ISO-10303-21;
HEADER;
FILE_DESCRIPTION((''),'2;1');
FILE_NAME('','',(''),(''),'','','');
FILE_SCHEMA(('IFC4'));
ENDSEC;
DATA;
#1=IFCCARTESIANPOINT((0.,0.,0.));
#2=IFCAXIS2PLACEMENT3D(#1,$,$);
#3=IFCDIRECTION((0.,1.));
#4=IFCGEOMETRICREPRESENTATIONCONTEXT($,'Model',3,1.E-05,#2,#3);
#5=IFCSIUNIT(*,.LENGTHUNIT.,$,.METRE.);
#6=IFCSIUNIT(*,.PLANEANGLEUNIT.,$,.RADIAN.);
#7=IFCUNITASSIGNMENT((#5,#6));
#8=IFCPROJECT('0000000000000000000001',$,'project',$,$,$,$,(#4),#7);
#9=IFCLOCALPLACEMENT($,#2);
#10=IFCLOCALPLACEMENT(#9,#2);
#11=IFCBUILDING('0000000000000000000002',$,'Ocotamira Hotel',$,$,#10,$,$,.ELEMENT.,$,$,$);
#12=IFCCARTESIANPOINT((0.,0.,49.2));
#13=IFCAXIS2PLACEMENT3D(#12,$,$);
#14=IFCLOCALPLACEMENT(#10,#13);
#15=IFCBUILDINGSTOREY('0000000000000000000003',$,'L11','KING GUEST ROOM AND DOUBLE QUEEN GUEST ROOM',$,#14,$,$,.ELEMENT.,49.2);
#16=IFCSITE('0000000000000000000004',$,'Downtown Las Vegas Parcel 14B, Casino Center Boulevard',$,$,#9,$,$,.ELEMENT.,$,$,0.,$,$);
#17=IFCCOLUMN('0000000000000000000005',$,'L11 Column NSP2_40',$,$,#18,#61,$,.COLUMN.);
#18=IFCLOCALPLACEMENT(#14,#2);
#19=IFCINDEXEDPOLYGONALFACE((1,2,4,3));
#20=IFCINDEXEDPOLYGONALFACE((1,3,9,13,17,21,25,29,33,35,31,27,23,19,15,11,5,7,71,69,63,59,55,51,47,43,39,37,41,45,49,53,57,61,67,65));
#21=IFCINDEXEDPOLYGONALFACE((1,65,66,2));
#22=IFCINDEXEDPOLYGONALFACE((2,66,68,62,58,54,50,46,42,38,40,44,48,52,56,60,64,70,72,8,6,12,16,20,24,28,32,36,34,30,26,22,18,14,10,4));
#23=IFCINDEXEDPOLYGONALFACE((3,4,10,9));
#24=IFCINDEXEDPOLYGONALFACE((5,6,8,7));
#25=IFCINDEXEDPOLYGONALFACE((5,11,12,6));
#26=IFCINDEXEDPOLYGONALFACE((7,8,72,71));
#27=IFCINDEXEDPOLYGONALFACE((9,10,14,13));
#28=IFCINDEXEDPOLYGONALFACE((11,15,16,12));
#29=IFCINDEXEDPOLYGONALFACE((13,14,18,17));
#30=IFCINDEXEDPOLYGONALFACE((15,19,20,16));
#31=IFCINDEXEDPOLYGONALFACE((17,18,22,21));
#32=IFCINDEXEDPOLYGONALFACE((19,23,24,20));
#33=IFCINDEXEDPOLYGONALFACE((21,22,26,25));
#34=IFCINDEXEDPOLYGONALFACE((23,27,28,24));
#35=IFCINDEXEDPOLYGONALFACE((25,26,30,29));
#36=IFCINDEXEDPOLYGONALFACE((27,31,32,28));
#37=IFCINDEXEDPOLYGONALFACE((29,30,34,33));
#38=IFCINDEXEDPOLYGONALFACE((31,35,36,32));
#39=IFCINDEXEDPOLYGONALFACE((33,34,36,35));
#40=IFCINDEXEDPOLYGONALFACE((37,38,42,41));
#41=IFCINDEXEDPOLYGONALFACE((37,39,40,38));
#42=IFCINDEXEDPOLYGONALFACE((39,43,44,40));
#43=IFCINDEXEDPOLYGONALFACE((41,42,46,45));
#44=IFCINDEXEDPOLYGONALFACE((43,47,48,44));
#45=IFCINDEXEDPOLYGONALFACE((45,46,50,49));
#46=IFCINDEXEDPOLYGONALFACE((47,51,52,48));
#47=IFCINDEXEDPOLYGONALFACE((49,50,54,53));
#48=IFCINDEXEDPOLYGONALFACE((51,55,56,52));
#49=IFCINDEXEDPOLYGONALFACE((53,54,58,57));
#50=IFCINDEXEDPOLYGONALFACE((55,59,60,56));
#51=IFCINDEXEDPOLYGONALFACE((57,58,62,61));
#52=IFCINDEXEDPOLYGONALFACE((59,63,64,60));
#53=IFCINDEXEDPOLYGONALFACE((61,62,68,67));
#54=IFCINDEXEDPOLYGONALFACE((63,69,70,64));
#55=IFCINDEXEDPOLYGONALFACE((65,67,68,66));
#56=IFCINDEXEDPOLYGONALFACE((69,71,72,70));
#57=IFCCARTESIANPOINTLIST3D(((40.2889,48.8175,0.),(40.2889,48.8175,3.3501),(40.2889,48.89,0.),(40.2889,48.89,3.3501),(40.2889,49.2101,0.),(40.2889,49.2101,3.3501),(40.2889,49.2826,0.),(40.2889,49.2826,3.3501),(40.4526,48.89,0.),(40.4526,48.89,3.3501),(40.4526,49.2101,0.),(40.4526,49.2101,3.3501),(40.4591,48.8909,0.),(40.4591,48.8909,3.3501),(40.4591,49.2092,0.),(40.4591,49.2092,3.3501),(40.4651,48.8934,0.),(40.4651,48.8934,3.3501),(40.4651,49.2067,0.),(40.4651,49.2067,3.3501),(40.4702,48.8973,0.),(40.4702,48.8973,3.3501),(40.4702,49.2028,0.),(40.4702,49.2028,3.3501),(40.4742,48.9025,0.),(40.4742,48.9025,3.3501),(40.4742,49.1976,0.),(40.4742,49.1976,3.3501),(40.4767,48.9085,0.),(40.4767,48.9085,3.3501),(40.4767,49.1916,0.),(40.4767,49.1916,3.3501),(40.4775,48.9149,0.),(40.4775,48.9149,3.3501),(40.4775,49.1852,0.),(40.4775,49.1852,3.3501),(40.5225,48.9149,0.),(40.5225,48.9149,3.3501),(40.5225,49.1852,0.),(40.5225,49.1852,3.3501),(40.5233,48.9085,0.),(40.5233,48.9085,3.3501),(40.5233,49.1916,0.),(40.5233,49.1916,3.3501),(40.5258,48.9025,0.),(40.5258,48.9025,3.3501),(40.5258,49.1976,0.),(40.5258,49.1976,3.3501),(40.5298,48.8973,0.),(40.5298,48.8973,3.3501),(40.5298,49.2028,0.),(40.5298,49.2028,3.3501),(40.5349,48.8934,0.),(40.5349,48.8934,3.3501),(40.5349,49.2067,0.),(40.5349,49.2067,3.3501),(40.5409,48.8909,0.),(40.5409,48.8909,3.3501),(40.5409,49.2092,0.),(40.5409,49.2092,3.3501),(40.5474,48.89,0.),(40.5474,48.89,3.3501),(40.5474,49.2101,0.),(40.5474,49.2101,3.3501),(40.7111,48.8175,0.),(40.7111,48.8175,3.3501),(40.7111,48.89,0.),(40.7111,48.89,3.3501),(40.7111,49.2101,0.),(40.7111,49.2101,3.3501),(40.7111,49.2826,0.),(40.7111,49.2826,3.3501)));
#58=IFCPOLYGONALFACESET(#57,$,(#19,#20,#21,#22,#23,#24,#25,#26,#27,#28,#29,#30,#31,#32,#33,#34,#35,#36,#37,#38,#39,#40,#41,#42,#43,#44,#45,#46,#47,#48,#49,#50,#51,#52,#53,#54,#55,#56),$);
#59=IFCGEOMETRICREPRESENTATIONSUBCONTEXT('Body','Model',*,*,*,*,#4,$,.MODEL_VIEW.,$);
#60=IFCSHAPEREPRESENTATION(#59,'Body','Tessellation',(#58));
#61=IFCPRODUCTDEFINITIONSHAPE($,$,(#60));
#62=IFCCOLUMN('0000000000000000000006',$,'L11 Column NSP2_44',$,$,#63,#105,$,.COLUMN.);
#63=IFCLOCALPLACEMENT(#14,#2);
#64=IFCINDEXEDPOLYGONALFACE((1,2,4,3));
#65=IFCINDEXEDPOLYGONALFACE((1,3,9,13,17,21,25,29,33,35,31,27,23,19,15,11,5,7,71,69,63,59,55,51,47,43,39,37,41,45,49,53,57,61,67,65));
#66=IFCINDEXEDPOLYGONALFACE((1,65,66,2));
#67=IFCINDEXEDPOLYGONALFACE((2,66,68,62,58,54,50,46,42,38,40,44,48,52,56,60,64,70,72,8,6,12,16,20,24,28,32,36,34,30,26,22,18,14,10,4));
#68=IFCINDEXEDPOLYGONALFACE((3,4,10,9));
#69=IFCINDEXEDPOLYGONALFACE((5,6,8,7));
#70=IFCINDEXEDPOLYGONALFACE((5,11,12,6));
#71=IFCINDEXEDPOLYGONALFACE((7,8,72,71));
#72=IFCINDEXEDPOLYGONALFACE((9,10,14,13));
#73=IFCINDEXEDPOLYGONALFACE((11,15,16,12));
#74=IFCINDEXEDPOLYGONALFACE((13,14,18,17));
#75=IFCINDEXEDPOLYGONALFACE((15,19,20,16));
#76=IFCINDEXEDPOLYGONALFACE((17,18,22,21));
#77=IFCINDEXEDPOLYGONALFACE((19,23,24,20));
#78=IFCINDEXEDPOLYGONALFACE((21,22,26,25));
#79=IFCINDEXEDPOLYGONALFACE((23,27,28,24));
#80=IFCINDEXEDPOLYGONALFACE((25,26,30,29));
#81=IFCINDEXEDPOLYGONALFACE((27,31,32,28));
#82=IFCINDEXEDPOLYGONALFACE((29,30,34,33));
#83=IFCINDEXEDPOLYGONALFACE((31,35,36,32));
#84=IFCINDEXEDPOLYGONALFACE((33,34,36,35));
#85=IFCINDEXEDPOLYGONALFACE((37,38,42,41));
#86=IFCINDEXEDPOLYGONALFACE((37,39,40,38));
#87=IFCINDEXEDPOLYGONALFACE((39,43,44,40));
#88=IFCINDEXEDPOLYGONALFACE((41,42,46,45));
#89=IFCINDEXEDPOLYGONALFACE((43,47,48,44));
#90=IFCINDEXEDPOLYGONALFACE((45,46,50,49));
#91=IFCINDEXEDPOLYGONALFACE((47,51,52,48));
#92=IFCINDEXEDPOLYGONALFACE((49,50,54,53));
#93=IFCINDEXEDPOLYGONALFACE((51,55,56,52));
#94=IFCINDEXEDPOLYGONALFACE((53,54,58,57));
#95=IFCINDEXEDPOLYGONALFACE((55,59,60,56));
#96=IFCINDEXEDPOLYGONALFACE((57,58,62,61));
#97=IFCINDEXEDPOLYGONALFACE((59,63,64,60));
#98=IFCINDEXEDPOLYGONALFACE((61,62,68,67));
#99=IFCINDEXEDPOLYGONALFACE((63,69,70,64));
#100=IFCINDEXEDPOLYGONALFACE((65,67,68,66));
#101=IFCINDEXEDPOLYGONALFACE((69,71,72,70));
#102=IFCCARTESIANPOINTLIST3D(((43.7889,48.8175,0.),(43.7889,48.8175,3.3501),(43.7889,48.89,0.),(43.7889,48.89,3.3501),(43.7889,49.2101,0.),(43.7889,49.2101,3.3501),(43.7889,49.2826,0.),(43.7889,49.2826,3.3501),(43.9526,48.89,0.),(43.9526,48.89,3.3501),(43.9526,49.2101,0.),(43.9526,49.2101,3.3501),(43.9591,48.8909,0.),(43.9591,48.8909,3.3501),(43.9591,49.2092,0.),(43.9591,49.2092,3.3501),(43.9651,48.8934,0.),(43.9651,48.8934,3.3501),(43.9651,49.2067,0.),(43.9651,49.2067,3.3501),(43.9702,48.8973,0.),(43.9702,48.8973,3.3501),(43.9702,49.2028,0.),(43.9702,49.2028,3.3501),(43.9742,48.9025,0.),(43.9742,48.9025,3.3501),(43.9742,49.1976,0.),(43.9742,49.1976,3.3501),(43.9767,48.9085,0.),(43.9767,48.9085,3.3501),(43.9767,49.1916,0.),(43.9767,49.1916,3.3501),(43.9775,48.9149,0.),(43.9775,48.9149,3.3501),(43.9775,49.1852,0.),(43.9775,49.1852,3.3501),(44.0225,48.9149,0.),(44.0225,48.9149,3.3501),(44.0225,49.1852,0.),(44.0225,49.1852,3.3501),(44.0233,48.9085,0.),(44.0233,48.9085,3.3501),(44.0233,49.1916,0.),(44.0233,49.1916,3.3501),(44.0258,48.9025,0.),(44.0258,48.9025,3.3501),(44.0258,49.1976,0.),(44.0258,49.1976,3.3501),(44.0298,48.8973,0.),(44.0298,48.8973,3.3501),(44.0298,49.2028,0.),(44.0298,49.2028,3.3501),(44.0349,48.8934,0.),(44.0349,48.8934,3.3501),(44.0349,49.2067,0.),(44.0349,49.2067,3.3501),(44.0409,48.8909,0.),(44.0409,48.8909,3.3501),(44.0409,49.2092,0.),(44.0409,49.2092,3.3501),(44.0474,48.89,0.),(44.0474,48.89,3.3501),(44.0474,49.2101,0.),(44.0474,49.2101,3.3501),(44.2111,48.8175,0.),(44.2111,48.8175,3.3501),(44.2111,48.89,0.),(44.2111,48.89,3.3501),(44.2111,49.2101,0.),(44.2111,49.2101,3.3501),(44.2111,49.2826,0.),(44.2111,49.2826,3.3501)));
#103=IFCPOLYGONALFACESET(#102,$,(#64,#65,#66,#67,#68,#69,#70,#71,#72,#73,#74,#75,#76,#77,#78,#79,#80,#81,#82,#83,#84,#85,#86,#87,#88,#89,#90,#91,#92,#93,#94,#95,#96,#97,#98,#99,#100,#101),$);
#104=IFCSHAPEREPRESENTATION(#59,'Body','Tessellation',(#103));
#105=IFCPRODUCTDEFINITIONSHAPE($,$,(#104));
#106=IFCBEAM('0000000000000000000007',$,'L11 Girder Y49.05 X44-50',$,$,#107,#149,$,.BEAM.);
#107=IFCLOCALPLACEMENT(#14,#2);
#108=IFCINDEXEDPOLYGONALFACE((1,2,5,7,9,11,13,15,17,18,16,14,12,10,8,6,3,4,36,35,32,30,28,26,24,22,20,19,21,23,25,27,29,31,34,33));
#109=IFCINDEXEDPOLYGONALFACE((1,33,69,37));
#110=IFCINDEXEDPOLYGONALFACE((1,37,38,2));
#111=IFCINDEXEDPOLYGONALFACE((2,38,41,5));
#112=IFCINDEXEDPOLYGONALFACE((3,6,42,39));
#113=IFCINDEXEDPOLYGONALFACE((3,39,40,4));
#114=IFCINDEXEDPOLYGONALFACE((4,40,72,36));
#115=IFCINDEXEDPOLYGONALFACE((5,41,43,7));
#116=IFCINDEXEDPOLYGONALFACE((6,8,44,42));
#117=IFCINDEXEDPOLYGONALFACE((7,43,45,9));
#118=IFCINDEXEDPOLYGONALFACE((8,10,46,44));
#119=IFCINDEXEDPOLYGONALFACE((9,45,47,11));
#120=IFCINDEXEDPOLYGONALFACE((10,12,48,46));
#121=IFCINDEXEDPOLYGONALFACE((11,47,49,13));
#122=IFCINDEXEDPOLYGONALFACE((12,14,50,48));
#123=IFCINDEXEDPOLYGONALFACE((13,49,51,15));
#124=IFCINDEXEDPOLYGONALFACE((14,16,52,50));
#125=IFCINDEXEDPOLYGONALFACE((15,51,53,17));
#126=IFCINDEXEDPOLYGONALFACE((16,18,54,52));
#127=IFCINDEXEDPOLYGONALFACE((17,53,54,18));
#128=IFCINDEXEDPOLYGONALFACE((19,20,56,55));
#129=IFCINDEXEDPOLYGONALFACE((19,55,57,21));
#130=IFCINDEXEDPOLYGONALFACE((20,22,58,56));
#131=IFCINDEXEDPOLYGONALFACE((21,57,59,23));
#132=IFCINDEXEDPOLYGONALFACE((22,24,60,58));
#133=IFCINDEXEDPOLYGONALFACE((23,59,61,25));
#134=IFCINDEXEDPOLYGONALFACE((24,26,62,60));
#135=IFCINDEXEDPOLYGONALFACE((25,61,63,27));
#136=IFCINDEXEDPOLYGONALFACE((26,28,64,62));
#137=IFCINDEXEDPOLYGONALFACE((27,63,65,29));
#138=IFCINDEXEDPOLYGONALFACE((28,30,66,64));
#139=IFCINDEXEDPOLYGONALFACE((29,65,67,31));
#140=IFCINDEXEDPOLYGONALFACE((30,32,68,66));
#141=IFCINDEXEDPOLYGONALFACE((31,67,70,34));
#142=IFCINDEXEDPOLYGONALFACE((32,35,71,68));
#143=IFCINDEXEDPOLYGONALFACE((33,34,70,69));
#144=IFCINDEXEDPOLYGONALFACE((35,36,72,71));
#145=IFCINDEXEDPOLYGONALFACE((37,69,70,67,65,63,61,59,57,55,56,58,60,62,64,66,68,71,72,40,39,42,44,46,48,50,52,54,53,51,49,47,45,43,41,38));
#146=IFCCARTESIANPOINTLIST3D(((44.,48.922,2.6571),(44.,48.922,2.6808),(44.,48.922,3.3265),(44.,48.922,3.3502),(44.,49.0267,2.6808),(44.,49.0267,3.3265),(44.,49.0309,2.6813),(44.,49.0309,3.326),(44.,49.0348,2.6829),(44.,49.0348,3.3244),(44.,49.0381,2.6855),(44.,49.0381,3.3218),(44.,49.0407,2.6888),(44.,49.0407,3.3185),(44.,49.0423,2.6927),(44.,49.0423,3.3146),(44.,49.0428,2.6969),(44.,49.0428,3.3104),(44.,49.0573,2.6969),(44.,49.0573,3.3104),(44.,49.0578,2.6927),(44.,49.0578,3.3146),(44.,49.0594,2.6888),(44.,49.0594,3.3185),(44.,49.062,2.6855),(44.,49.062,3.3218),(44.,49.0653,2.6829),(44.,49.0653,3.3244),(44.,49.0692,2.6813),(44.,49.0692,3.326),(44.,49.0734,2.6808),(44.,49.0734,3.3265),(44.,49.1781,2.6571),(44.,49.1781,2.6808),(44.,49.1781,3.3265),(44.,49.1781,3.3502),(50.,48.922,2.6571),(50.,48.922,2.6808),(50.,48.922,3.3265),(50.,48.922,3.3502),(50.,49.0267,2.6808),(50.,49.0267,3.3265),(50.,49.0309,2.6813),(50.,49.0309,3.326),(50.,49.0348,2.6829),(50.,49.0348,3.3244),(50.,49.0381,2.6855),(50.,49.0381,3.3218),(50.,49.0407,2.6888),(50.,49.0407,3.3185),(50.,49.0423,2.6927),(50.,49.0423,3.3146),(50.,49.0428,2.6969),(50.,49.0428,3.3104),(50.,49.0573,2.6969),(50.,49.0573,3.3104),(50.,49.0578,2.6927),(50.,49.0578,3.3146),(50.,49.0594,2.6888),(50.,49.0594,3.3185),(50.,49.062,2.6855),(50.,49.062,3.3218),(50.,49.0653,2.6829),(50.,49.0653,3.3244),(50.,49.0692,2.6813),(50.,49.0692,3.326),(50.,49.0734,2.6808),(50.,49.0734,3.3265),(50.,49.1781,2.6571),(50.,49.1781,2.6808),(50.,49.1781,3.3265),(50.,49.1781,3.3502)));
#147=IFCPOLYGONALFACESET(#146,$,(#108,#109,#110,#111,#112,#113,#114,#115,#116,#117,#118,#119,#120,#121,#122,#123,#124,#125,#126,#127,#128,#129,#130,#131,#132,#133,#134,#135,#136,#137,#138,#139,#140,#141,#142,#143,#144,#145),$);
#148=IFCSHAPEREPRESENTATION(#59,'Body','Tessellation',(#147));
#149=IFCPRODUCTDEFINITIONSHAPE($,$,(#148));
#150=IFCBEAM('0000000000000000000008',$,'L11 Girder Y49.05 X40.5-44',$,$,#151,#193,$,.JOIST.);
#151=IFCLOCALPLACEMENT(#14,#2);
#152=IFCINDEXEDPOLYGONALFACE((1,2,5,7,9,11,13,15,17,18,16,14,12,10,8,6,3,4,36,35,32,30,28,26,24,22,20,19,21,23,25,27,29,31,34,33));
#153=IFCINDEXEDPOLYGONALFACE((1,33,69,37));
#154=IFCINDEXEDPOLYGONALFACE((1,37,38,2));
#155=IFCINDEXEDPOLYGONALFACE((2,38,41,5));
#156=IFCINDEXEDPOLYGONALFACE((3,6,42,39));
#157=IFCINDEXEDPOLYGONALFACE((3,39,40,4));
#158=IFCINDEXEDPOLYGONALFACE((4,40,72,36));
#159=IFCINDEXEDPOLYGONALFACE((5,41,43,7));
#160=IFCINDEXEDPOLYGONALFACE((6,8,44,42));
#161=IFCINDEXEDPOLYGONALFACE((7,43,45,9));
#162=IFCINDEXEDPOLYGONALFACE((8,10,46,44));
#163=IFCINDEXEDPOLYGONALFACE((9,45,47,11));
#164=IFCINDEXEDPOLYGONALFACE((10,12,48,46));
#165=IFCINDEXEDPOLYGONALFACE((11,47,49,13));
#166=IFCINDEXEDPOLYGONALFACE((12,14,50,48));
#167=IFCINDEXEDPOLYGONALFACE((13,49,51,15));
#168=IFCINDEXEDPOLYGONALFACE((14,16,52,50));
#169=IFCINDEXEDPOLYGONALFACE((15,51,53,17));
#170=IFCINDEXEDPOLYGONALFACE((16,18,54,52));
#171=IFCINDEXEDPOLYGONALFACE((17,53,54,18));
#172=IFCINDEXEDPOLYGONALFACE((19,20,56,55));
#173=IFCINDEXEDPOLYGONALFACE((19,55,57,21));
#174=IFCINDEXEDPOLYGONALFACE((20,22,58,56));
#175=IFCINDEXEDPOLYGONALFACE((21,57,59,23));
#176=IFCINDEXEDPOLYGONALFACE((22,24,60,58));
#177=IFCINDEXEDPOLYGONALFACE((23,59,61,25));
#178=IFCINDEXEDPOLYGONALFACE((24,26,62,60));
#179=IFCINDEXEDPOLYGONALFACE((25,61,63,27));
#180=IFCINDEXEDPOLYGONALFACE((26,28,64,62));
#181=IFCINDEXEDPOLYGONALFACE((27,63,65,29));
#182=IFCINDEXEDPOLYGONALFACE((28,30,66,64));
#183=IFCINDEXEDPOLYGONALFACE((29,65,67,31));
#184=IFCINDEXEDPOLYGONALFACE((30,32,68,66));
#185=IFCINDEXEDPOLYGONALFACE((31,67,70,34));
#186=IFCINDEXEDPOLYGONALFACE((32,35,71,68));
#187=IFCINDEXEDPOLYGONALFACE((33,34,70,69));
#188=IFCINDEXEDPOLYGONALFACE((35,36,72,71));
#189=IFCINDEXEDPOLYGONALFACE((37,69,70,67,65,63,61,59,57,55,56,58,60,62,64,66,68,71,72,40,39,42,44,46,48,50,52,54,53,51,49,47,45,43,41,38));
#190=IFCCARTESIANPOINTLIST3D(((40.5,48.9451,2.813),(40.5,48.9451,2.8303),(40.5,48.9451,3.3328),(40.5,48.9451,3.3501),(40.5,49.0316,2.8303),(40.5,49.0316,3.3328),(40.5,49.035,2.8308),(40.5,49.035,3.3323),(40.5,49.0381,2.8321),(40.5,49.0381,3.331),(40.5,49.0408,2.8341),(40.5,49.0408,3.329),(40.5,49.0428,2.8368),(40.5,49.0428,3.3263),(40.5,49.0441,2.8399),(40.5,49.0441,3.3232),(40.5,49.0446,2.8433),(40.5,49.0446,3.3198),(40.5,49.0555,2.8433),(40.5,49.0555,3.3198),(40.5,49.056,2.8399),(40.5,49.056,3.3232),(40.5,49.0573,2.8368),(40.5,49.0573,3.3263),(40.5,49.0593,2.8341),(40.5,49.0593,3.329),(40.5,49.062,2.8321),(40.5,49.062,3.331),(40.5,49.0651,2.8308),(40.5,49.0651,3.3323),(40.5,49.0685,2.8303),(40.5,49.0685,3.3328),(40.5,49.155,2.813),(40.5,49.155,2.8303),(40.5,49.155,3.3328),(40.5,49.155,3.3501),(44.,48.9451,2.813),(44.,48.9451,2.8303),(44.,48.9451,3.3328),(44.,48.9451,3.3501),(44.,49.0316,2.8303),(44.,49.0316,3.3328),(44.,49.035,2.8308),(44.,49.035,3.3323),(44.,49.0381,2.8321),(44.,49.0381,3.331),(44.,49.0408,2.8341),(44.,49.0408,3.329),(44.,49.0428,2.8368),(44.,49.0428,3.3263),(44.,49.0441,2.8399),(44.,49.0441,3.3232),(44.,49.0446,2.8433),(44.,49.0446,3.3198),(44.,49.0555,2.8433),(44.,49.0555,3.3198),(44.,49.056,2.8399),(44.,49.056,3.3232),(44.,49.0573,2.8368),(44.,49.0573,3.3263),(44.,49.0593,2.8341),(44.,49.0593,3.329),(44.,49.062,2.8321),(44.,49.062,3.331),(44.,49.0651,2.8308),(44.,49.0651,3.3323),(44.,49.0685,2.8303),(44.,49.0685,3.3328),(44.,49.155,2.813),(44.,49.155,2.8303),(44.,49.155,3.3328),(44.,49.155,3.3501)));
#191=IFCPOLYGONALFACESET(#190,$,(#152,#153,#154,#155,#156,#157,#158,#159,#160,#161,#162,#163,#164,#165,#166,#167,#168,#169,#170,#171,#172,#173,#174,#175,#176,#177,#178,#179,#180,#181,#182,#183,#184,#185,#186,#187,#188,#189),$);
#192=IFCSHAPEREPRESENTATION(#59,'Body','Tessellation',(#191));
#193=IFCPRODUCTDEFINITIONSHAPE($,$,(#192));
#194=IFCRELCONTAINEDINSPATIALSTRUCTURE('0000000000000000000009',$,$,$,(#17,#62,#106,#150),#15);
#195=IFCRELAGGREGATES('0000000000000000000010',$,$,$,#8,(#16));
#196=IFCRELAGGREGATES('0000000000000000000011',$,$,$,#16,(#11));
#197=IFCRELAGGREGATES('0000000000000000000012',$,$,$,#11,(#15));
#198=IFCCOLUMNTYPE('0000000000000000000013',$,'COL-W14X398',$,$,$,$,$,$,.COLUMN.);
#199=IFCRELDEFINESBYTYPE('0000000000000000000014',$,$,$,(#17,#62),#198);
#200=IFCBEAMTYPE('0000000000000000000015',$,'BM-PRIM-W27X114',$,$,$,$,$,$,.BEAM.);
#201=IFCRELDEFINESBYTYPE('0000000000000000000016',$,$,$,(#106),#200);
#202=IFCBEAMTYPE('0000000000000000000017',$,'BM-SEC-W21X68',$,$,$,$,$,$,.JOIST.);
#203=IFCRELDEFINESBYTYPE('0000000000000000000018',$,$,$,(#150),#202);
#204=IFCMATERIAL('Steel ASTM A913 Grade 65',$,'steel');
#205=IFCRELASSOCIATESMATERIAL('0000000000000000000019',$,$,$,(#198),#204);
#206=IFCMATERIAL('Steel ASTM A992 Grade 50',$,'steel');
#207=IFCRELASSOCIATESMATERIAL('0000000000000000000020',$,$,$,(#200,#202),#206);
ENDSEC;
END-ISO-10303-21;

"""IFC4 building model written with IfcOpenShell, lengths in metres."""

from ifc_helpers import new_model, si_unit, direction, frame, origin, origin_2d, place, context, subcontext, project, spatial, i_section, extrude, source, transform, mapped, material, material_profile, profile_set, type_object, element, save


model = new_model("IFC4")

# Units and contexts
model_context = context("Model", 3, precision=1e-05, world=origin(), true_north=direction((0.0, 1.0)))
body_context = subcontext(model_context, "Body", "Model", "MODEL_VIEW")
ifc_project = project(units=[si_unit("LENGTHUNIT", "METRE"), si_unit("PLANEANGLEUNIT", "RADIAN")], contexts=[model_context])

# Site, building, storey
site_placement = place(None, origin())
site = spatial("IfcSite", under=ifc_project, at=site_placement, Name="Downtown Las Vegas Parcel 14B, Casino Center Boulevard", CompositionType="ELEMENT", RefElevation=0.0)
building_placement = place(site_placement, origin())
building = spatial("IfcBuilding", under=site, at=building_placement, Name="Ocotamira Hotel", CompositionType="ELEMENT")
storey_placement = place(building_placement, frame((0.0, 0.0, 49.2)))
storey = spatial("IfcBuildingStorey", under=building, at=storey_placement, Name="L11", Description="KING GUEST ROOM AND DOUBLE QUEEN GUEST ROOM", CompositionType="ELEMENT", Elevation=49.2)

# Columns
ifc_material_1 = material(Name="Steel ASTM A913 Grade 65", Category="steel")
ifc_material_profile_1 = material_profile(ifc_material_1, i_section(OverallWidth=0.4221, OverallDepth=0.4651, WebThickness=0.0449, FlangeThickness=0.0725, FilletRadius=0.0249, at=origin_2d()), Name="W14X398")
ifc_profile_set_1 = profile_set([ifc_material_profile_1], Name="Steel ASTM A913 Grade 65")
column_type = type_object("IfcColumnType", Name="COL-W14X398", PredefinedType="COLUMN", material=ifc_profile_set_1)
shared_shape_1 = source(origin(), body_context, "Body", "SweptSolid", [
    extrude(i_section(OverallWidth=0.4221, OverallDepth=0.4651, WebThickness=0.0449, FlangeThickness=0.0725, FilletRadius=0.0249, at=origin_2d()), origin(), (0.0, 0.0, 1.0), 3.3501),
])
for number, where, z_axis, x_axis, name in (
    (1, (40.5, 49.05, 0.0), (0.0, 0.0, 1.0), (1.0, 0.0, 0.0), "L11 Column NSP2_40"),
    (2, (44.0, 49.05, 0.0), (0.0, 0.0, 1.0), (1.0, 0.0, 0.0), "L11 Column NSP2_44"),
):
    element("IfcColumn", number, at=place(storey_placement, frame(where, z_axis=z_axis, x_axis=x_axis)), inside=storey, type_object=column_type, Name=name, PredefinedType="COLUMN", context=body_context, shape_type="MappedRepresentation", body=[
        mapped(shared_shape_1, transform((0.0, 0.0, 0.0), scale=1.0)),
    ])

# Beams
ifc_material_2 = material(Name="Steel ASTM A992 Grade 50", Category="steel")
ifc_material_profile_2 = material_profile(ifc_material_2, i_section(OverallWidth=0.2561, OverallDepth=0.6931, WebThickness=0.0144, FlangeThickness=0.0237, FilletRadius=0.0161, at=origin_2d()), Name="W27X114")
ifc_profile_set_2 = profile_set([ifc_material_profile_2], Name="Steel ASTM A992 Grade 50")
beam_type_1 = type_object("IfcBeamType", Name="BM-PRIM-W27X114", PredefinedType="BEAM", material=ifc_profile_set_2)
shared_shape_2 = source(origin(), body_context, "Body", "SweptSolid", [
    extrude(i_section(OverallWidth=0.2561, OverallDepth=0.6931, WebThickness=0.0144, FlangeThickness=0.0237, FilletRadius=0.0161, at=origin_2d()), origin(), (0.0, 0.0, 1.0), 6.0),
])
beam_1_placement = place(storey_placement, frame((44.0, 49.05, 3.0037), z_axis=(1.0, 0.0, 0.0), x_axis=(0.0, 1.0, 0.0)))
element("IfcBeam", 3, at=beam_1_placement, inside=storey, type_object=beam_type_1, Name="L11 Girder Y49.05 X44-50", PredefinedType="BEAM", context=body_context, shape_type="MappedRepresentation", body=[
    mapped(shared_shape_2, transform((0.0, 0.0, 0.0), scale=1.0)),
])
ifc_material_profile_3 = material_profile(ifc_material_2, i_section(OverallWidth=0.21, OverallDepth=0.5371, WebThickness=0.011, FlangeThickness=0.0173, FilletRadius=0.0129, at=origin_2d()), Name="W21X68")
ifc_profile_set_3 = profile_set([ifc_material_profile_3], Name="Steel ASTM A992 Grade 50")
beam_type_2 = type_object("IfcBeamType", Name="BM-SEC-W21X68", PredefinedType="JOIST", material=ifc_profile_set_3)
shared_shape_3 = source(origin(), body_context, "Body", "SweptSolid", [
    extrude(i_section(OverallWidth=0.21, OverallDepth=0.5371, WebThickness=0.011, FlangeThickness=0.0173, FilletRadius=0.0129, at=origin_2d()), origin(), (0.0, 0.0, 1.0), 3.5),
])
beam_2_placement = place(storey_placement, frame((40.5, 49.05, 3.0815), z_axis=(1.0, 0.0, 0.0), x_axis=(0.0, 1.0, 0.0)))
element("IfcBeam", 4, at=beam_2_placement, inside=storey, type_object=beam_type_2, Name="L11 Girder Y49.05 X40.5-44", PredefinedType="JOIST", context=body_context, shape_type="MappedRepresentation", body=[
    mapped(shared_shape_3, transform((0.0, 0.0, 0.0), scale=1.0)),
])

save(model, "model.ifc")
